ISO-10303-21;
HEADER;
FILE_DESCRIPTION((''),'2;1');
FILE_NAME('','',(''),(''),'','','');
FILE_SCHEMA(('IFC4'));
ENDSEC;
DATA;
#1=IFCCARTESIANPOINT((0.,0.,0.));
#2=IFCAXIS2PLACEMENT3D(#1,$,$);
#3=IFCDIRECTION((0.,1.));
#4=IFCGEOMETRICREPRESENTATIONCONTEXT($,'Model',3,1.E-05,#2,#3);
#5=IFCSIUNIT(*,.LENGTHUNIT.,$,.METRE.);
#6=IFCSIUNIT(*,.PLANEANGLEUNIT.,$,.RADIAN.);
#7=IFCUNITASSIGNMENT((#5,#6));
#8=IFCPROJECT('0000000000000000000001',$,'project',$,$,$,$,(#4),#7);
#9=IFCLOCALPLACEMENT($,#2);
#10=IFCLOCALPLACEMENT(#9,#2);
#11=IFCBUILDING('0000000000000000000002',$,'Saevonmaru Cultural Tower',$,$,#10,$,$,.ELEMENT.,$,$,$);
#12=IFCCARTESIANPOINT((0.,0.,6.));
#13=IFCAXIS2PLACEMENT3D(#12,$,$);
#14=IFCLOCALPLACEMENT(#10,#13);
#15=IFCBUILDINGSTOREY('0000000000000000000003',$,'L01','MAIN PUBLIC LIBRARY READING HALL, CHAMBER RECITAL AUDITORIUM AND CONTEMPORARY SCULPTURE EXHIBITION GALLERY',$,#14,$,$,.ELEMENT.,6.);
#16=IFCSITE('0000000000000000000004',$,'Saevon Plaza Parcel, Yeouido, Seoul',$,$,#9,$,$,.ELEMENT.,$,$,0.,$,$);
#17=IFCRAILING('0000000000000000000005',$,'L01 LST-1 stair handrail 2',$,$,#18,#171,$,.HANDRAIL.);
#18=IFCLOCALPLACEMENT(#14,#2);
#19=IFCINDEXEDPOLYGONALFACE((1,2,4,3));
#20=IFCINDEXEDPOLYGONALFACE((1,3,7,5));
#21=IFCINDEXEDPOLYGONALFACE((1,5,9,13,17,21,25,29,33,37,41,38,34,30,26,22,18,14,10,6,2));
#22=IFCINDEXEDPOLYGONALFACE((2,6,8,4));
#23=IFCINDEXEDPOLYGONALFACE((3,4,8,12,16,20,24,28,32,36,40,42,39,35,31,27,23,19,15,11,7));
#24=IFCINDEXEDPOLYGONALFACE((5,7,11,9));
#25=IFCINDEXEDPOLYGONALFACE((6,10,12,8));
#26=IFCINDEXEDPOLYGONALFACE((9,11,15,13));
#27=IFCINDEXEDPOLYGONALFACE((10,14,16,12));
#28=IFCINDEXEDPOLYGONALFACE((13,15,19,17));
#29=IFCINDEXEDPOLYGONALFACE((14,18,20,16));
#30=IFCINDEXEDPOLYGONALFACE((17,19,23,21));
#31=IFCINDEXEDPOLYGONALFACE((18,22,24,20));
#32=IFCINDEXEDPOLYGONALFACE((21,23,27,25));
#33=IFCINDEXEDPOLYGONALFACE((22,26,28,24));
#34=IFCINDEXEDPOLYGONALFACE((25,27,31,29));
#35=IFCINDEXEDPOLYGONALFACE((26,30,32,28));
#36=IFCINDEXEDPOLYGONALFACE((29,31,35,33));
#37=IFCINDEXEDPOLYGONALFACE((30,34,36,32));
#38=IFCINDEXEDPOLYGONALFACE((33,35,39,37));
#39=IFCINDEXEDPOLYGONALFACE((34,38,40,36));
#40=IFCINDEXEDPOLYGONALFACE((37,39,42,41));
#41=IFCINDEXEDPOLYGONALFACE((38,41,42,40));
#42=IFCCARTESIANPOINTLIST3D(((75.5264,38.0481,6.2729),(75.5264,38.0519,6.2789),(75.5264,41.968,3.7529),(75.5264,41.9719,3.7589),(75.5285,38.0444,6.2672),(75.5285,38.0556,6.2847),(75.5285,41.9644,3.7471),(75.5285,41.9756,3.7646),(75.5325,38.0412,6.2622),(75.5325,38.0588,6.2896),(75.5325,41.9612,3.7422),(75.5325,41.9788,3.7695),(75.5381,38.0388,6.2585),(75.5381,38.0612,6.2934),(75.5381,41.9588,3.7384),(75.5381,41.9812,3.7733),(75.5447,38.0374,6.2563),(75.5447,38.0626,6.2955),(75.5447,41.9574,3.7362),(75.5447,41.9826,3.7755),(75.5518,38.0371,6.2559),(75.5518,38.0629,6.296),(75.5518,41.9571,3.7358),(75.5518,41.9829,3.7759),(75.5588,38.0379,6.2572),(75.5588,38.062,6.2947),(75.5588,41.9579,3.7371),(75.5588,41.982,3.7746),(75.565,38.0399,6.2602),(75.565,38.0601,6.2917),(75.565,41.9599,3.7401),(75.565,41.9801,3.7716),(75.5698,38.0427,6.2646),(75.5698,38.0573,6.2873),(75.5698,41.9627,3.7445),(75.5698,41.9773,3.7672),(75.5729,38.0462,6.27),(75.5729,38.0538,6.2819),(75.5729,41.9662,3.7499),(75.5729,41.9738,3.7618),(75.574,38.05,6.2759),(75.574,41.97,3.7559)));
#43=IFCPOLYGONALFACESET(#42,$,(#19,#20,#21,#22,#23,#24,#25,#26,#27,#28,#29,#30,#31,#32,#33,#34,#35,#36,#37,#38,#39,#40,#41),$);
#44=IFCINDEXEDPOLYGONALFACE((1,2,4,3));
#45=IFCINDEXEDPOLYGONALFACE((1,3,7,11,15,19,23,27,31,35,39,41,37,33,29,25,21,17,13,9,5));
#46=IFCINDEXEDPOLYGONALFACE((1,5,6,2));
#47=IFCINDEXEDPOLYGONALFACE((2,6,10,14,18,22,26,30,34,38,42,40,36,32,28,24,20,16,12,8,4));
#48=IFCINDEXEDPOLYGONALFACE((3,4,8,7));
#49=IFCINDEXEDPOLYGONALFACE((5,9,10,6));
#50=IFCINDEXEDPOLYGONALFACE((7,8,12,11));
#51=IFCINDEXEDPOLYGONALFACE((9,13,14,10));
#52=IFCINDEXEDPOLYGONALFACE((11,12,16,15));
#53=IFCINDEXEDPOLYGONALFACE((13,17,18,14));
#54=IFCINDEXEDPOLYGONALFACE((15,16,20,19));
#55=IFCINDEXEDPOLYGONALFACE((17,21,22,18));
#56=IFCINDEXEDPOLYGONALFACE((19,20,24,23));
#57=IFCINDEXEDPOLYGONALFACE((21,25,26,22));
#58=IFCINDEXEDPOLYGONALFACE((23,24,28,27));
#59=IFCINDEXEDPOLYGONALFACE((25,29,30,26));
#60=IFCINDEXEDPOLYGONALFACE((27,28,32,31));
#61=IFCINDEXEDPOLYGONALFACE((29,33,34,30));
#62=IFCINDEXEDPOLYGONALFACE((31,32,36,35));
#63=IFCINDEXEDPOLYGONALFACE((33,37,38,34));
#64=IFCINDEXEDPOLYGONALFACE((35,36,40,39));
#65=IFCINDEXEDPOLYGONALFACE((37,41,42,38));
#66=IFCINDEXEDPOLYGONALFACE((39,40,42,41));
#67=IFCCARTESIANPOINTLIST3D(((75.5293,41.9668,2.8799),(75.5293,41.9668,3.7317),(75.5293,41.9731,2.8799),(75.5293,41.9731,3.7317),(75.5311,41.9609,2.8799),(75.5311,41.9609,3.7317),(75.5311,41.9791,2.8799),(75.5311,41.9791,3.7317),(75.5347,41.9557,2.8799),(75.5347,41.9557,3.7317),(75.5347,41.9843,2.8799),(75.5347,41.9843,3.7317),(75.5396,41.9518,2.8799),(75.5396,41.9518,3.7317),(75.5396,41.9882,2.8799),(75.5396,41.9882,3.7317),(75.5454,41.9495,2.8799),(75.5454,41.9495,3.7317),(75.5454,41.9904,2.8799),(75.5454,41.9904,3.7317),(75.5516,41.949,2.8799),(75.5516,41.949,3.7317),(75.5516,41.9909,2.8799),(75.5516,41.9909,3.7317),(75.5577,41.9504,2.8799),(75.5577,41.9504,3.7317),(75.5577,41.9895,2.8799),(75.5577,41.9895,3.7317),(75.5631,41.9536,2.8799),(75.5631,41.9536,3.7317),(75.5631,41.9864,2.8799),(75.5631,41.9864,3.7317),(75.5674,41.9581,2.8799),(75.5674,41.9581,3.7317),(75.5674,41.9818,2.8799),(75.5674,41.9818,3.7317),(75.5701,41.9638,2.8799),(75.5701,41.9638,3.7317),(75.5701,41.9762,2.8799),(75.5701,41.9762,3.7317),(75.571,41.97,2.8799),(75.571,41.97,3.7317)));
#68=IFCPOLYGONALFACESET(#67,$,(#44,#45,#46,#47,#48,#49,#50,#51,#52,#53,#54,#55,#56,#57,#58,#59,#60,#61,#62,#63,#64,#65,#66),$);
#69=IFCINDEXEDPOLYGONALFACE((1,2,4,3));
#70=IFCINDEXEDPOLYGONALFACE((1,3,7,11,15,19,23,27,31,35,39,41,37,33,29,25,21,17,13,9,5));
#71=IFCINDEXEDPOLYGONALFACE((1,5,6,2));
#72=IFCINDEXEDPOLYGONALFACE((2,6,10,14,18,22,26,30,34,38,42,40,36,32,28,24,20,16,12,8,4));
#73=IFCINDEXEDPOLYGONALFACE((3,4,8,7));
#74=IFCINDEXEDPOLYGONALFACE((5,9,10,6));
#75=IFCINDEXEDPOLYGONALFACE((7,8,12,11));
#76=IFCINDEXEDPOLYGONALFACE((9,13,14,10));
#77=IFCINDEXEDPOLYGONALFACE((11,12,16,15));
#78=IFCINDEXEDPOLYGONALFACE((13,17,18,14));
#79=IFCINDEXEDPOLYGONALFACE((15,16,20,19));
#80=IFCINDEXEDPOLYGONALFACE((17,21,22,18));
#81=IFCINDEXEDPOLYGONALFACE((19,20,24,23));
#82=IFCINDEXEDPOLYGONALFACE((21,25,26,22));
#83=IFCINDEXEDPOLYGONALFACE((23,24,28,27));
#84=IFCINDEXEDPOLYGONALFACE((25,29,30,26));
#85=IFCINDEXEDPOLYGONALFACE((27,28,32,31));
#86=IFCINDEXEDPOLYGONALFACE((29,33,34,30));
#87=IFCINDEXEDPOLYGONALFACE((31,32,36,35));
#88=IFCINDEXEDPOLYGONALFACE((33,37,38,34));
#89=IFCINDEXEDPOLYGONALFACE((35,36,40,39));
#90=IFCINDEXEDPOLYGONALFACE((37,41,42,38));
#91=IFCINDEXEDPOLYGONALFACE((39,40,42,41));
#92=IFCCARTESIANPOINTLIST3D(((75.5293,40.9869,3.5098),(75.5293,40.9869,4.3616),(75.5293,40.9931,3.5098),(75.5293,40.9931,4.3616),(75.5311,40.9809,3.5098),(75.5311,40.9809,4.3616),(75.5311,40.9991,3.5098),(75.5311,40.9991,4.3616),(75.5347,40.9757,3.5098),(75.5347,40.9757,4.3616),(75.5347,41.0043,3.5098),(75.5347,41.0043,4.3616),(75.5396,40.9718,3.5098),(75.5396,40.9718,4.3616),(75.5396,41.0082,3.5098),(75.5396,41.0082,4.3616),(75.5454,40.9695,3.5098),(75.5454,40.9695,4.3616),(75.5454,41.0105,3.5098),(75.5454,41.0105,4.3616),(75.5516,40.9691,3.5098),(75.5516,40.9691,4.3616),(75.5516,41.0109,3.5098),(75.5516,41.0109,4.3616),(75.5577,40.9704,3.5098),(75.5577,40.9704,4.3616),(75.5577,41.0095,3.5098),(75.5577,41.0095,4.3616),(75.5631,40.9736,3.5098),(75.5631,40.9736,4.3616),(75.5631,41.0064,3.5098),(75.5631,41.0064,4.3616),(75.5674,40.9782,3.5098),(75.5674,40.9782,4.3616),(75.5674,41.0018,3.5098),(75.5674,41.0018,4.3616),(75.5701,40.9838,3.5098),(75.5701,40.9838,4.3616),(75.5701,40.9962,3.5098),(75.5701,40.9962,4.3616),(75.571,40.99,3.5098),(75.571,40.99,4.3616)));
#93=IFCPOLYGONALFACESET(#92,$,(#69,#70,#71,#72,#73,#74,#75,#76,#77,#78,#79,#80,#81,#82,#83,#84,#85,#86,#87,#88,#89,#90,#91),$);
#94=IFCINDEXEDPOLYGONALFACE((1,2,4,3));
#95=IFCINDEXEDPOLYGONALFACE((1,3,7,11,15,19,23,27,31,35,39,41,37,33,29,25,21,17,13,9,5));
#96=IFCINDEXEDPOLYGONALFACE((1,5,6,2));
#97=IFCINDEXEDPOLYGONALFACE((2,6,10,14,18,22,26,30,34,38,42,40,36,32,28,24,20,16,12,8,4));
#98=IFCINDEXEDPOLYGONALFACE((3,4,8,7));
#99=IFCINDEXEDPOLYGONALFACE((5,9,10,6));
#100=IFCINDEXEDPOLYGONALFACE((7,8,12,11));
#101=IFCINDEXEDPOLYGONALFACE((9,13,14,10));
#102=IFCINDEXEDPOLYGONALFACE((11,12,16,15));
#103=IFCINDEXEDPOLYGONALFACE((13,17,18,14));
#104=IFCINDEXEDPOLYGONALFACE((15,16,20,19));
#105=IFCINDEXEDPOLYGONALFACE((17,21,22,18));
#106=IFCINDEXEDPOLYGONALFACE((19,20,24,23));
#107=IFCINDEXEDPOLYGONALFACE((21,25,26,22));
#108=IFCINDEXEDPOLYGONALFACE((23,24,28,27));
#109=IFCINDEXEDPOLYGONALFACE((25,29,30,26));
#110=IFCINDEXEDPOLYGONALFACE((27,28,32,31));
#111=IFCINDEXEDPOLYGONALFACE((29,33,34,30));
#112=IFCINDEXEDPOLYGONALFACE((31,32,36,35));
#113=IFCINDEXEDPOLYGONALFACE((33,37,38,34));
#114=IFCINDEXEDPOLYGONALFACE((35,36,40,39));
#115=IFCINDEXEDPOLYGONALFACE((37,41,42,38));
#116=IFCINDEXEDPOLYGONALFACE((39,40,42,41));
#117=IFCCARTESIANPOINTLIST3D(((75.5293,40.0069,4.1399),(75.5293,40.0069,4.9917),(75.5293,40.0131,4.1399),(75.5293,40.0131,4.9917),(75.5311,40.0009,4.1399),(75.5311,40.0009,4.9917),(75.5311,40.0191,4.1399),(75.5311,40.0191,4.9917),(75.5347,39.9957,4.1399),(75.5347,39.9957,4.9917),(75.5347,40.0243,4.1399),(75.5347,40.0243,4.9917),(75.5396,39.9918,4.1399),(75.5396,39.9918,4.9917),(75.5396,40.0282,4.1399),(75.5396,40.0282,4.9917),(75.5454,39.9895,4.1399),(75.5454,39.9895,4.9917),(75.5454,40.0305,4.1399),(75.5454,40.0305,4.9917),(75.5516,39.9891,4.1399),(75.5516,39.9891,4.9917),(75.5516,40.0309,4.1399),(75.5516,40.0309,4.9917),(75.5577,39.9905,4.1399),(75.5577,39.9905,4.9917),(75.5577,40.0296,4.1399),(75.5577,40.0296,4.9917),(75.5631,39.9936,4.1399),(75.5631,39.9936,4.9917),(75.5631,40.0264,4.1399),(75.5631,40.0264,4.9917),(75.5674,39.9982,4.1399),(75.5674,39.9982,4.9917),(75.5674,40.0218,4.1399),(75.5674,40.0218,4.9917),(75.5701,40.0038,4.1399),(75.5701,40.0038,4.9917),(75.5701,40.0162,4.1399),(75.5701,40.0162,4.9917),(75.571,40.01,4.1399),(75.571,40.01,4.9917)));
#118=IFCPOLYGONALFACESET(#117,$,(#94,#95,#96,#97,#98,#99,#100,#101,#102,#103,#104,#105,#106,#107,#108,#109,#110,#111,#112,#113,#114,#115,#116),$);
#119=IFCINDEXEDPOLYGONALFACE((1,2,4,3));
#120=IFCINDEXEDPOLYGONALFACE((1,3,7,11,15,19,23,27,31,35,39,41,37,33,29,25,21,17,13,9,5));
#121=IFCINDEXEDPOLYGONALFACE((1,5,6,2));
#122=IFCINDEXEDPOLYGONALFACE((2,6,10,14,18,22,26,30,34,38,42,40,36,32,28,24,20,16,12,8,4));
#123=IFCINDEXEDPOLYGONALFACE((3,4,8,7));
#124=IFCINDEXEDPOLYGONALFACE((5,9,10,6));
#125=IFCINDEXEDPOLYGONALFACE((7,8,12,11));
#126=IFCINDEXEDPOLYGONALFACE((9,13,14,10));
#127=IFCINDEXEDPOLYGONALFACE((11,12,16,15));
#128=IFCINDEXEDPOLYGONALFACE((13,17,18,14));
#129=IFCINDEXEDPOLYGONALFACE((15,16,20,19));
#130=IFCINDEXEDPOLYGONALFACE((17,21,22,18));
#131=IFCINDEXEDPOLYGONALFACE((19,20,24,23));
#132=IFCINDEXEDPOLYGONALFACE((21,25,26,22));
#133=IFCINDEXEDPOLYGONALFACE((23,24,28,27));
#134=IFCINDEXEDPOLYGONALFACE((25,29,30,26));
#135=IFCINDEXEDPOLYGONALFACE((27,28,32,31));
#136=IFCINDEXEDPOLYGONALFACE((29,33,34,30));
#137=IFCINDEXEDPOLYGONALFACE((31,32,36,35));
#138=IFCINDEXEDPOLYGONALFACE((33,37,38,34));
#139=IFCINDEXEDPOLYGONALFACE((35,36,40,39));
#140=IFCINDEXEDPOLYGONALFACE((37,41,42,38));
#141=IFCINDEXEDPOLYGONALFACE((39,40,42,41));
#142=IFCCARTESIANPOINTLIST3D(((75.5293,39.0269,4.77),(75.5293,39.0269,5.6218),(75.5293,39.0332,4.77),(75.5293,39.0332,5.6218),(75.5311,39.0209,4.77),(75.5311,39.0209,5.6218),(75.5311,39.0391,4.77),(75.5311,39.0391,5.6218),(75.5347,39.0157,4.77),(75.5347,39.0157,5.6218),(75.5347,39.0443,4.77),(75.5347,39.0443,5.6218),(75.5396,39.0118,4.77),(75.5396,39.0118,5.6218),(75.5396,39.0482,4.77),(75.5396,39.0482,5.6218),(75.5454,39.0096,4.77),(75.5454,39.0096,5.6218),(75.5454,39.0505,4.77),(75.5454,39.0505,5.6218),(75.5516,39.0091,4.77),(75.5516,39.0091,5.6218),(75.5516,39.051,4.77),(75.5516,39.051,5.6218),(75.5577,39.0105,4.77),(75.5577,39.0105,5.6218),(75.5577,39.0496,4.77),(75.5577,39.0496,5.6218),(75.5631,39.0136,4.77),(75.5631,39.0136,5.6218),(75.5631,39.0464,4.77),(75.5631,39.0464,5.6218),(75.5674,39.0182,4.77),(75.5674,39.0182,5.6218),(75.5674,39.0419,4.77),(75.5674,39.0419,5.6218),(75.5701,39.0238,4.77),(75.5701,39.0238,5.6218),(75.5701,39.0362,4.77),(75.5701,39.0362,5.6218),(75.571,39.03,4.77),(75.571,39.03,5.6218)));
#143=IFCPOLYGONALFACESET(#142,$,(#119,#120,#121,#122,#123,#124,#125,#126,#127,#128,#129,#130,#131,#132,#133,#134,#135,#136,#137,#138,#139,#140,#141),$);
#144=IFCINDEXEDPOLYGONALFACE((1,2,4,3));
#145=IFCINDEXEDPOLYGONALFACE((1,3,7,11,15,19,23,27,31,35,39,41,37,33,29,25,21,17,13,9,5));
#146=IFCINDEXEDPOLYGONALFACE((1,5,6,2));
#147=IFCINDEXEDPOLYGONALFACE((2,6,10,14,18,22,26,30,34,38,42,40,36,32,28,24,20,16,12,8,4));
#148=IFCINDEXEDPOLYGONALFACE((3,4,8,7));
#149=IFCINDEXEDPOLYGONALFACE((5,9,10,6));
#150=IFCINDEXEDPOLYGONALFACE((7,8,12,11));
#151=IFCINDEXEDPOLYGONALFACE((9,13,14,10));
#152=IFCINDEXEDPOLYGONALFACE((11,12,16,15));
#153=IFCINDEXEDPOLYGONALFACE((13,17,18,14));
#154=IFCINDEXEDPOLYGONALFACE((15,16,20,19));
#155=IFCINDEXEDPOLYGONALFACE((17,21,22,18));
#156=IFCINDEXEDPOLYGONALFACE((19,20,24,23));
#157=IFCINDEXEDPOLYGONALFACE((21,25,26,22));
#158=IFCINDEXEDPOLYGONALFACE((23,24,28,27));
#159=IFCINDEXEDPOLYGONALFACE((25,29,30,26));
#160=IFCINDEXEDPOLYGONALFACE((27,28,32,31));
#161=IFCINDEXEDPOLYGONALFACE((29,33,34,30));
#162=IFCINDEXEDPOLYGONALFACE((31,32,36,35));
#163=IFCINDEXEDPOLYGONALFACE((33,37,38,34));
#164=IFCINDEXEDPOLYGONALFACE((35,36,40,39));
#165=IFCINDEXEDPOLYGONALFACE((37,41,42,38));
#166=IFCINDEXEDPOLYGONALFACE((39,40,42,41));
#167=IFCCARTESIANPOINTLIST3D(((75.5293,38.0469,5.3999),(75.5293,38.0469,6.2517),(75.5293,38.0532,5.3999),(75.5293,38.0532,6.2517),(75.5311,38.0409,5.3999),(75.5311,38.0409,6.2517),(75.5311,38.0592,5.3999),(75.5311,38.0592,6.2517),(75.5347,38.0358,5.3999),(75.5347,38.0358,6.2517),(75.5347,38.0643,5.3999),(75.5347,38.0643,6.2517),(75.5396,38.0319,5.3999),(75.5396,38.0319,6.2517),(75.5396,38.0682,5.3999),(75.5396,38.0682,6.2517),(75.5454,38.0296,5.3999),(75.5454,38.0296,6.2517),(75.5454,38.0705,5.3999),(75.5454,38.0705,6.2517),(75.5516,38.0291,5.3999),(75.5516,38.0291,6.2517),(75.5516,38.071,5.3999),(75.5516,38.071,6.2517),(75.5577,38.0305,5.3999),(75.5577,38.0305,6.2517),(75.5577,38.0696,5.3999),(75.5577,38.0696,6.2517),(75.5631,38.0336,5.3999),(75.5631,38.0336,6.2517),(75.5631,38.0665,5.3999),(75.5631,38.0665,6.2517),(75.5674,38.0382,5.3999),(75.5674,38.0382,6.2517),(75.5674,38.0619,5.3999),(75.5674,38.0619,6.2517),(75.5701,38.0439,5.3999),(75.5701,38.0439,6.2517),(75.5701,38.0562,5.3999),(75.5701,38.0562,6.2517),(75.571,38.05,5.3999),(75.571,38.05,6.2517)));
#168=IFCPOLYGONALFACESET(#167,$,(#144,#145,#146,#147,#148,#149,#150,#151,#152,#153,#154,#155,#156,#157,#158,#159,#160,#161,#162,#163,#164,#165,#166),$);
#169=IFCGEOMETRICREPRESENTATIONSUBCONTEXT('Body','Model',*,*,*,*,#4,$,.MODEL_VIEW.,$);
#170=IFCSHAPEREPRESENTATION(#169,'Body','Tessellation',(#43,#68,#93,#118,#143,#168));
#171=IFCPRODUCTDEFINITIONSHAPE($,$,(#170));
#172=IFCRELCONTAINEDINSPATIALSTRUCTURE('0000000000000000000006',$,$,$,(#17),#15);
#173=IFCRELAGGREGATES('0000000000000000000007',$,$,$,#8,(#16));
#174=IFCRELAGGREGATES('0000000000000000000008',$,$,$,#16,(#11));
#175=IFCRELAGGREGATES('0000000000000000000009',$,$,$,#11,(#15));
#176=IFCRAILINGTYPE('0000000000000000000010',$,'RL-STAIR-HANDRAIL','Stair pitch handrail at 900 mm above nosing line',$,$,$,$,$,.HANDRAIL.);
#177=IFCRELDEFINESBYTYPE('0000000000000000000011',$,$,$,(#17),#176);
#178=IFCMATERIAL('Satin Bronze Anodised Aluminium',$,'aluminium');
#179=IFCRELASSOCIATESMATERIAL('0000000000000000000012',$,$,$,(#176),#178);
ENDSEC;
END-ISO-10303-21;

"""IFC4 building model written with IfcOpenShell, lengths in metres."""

from ifc_helpers import new_model, si_unit, direction, frame, origin, origin_2d, place, context, subcontext, project, spatial, circle, extrude, material, type_object, element, save


model = new_model("IFC4")

# Units and contexts
model_context = context("Model", 3, precision=1e-05, world=origin(), true_north=direction((0.0, 1.0)))
body_context = subcontext(model_context, "Body", "Model", "MODEL_VIEW")
ifc_project = project(units=[si_unit("LENGTHUNIT", "METRE"), si_unit("PLANEANGLEUNIT", "RADIAN")], contexts=[model_context])

# Site, building, storey
site_placement = place(None, origin())
site = spatial("IfcSite", under=ifc_project, at=site_placement, Name="Saevon Plaza Parcel, Yeouido, Seoul", CompositionType="ELEMENT", RefElevation=0.0)
building_placement = place(site_placement, origin())
building = spatial("IfcBuilding", under=site, at=building_placement, Name="Saevonmaru Cultural Tower", CompositionType="ELEMENT")
storey_placement = place(building_placement, frame((0.0, 0.0, 6.0)))
storey = spatial("IfcBuildingStorey", under=building, at=storey_placement, Name="L01", Description="MAIN PUBLIC LIBRARY READING HALL, CHAMBER RECITAL AUDITORIUM AND CONTEMPORARY SCULPTURE EXHIBITION GALLERY", CompositionType="ELEMENT", Elevation=6.0)

# Railing
ifc_material_1 = material(Name="Satin Bronze Anodised Aluminium", Category="aluminium")
railing_type_1 = type_object("IfcRailingType", Name="RL-STAIR-HANDRAIL", Description="Stair pitch handrail at 900 mm above nosing line", PredefinedType="HANDRAIL", material=ifc_material_1)
railing_1_placement = place(storey_placement, frame((75.55, 41.97, 2.8799)))
element("IfcRailing", 1, at=railing_1_placement, inside=storey, type_object=railing_type_1, Name="L01 LST-1 stair handrail 2", PredefinedType="HANDRAIL", context=body_context, shape_type="SweptSolid", body=[
    extrude(circle(Radius=0.0239, at=origin_2d()), frame((0.0, 0.0, 0.876), z_axis=(0.0, -0.841172, 0.540768), x_axis=(1.0, 0.0, 0.0)), (0.0, 0.0, 1.0), 4.6602),
    extrude(circle(Radius=0.021, at=origin_2d()), origin(), (0.0, 0.0, 1.0), 0.8518),
    extrude(circle(Radius=0.021, at=origin_2d()), frame((0.0, -0.98, 0.6299)), (0.0, 0.0, 1.0), 0.8518),
    extrude(circle(Radius=0.021, at=origin_2d()), frame((0.0, -1.96, 1.26)), (0.0, 0.0, 1.0), 0.8518),
    extrude(circle(Radius=0.021, at=origin_2d()), frame((0.0, -2.9399, 1.8901)), (0.0, 0.0, 1.0), 0.8518),
    extrude(circle(Radius=0.021, at=origin_2d()), frame((0.0, -3.9199, 2.52)), (0.0, 0.0, 1.0), 0.8518),
])

save(model, "model.ifc")
